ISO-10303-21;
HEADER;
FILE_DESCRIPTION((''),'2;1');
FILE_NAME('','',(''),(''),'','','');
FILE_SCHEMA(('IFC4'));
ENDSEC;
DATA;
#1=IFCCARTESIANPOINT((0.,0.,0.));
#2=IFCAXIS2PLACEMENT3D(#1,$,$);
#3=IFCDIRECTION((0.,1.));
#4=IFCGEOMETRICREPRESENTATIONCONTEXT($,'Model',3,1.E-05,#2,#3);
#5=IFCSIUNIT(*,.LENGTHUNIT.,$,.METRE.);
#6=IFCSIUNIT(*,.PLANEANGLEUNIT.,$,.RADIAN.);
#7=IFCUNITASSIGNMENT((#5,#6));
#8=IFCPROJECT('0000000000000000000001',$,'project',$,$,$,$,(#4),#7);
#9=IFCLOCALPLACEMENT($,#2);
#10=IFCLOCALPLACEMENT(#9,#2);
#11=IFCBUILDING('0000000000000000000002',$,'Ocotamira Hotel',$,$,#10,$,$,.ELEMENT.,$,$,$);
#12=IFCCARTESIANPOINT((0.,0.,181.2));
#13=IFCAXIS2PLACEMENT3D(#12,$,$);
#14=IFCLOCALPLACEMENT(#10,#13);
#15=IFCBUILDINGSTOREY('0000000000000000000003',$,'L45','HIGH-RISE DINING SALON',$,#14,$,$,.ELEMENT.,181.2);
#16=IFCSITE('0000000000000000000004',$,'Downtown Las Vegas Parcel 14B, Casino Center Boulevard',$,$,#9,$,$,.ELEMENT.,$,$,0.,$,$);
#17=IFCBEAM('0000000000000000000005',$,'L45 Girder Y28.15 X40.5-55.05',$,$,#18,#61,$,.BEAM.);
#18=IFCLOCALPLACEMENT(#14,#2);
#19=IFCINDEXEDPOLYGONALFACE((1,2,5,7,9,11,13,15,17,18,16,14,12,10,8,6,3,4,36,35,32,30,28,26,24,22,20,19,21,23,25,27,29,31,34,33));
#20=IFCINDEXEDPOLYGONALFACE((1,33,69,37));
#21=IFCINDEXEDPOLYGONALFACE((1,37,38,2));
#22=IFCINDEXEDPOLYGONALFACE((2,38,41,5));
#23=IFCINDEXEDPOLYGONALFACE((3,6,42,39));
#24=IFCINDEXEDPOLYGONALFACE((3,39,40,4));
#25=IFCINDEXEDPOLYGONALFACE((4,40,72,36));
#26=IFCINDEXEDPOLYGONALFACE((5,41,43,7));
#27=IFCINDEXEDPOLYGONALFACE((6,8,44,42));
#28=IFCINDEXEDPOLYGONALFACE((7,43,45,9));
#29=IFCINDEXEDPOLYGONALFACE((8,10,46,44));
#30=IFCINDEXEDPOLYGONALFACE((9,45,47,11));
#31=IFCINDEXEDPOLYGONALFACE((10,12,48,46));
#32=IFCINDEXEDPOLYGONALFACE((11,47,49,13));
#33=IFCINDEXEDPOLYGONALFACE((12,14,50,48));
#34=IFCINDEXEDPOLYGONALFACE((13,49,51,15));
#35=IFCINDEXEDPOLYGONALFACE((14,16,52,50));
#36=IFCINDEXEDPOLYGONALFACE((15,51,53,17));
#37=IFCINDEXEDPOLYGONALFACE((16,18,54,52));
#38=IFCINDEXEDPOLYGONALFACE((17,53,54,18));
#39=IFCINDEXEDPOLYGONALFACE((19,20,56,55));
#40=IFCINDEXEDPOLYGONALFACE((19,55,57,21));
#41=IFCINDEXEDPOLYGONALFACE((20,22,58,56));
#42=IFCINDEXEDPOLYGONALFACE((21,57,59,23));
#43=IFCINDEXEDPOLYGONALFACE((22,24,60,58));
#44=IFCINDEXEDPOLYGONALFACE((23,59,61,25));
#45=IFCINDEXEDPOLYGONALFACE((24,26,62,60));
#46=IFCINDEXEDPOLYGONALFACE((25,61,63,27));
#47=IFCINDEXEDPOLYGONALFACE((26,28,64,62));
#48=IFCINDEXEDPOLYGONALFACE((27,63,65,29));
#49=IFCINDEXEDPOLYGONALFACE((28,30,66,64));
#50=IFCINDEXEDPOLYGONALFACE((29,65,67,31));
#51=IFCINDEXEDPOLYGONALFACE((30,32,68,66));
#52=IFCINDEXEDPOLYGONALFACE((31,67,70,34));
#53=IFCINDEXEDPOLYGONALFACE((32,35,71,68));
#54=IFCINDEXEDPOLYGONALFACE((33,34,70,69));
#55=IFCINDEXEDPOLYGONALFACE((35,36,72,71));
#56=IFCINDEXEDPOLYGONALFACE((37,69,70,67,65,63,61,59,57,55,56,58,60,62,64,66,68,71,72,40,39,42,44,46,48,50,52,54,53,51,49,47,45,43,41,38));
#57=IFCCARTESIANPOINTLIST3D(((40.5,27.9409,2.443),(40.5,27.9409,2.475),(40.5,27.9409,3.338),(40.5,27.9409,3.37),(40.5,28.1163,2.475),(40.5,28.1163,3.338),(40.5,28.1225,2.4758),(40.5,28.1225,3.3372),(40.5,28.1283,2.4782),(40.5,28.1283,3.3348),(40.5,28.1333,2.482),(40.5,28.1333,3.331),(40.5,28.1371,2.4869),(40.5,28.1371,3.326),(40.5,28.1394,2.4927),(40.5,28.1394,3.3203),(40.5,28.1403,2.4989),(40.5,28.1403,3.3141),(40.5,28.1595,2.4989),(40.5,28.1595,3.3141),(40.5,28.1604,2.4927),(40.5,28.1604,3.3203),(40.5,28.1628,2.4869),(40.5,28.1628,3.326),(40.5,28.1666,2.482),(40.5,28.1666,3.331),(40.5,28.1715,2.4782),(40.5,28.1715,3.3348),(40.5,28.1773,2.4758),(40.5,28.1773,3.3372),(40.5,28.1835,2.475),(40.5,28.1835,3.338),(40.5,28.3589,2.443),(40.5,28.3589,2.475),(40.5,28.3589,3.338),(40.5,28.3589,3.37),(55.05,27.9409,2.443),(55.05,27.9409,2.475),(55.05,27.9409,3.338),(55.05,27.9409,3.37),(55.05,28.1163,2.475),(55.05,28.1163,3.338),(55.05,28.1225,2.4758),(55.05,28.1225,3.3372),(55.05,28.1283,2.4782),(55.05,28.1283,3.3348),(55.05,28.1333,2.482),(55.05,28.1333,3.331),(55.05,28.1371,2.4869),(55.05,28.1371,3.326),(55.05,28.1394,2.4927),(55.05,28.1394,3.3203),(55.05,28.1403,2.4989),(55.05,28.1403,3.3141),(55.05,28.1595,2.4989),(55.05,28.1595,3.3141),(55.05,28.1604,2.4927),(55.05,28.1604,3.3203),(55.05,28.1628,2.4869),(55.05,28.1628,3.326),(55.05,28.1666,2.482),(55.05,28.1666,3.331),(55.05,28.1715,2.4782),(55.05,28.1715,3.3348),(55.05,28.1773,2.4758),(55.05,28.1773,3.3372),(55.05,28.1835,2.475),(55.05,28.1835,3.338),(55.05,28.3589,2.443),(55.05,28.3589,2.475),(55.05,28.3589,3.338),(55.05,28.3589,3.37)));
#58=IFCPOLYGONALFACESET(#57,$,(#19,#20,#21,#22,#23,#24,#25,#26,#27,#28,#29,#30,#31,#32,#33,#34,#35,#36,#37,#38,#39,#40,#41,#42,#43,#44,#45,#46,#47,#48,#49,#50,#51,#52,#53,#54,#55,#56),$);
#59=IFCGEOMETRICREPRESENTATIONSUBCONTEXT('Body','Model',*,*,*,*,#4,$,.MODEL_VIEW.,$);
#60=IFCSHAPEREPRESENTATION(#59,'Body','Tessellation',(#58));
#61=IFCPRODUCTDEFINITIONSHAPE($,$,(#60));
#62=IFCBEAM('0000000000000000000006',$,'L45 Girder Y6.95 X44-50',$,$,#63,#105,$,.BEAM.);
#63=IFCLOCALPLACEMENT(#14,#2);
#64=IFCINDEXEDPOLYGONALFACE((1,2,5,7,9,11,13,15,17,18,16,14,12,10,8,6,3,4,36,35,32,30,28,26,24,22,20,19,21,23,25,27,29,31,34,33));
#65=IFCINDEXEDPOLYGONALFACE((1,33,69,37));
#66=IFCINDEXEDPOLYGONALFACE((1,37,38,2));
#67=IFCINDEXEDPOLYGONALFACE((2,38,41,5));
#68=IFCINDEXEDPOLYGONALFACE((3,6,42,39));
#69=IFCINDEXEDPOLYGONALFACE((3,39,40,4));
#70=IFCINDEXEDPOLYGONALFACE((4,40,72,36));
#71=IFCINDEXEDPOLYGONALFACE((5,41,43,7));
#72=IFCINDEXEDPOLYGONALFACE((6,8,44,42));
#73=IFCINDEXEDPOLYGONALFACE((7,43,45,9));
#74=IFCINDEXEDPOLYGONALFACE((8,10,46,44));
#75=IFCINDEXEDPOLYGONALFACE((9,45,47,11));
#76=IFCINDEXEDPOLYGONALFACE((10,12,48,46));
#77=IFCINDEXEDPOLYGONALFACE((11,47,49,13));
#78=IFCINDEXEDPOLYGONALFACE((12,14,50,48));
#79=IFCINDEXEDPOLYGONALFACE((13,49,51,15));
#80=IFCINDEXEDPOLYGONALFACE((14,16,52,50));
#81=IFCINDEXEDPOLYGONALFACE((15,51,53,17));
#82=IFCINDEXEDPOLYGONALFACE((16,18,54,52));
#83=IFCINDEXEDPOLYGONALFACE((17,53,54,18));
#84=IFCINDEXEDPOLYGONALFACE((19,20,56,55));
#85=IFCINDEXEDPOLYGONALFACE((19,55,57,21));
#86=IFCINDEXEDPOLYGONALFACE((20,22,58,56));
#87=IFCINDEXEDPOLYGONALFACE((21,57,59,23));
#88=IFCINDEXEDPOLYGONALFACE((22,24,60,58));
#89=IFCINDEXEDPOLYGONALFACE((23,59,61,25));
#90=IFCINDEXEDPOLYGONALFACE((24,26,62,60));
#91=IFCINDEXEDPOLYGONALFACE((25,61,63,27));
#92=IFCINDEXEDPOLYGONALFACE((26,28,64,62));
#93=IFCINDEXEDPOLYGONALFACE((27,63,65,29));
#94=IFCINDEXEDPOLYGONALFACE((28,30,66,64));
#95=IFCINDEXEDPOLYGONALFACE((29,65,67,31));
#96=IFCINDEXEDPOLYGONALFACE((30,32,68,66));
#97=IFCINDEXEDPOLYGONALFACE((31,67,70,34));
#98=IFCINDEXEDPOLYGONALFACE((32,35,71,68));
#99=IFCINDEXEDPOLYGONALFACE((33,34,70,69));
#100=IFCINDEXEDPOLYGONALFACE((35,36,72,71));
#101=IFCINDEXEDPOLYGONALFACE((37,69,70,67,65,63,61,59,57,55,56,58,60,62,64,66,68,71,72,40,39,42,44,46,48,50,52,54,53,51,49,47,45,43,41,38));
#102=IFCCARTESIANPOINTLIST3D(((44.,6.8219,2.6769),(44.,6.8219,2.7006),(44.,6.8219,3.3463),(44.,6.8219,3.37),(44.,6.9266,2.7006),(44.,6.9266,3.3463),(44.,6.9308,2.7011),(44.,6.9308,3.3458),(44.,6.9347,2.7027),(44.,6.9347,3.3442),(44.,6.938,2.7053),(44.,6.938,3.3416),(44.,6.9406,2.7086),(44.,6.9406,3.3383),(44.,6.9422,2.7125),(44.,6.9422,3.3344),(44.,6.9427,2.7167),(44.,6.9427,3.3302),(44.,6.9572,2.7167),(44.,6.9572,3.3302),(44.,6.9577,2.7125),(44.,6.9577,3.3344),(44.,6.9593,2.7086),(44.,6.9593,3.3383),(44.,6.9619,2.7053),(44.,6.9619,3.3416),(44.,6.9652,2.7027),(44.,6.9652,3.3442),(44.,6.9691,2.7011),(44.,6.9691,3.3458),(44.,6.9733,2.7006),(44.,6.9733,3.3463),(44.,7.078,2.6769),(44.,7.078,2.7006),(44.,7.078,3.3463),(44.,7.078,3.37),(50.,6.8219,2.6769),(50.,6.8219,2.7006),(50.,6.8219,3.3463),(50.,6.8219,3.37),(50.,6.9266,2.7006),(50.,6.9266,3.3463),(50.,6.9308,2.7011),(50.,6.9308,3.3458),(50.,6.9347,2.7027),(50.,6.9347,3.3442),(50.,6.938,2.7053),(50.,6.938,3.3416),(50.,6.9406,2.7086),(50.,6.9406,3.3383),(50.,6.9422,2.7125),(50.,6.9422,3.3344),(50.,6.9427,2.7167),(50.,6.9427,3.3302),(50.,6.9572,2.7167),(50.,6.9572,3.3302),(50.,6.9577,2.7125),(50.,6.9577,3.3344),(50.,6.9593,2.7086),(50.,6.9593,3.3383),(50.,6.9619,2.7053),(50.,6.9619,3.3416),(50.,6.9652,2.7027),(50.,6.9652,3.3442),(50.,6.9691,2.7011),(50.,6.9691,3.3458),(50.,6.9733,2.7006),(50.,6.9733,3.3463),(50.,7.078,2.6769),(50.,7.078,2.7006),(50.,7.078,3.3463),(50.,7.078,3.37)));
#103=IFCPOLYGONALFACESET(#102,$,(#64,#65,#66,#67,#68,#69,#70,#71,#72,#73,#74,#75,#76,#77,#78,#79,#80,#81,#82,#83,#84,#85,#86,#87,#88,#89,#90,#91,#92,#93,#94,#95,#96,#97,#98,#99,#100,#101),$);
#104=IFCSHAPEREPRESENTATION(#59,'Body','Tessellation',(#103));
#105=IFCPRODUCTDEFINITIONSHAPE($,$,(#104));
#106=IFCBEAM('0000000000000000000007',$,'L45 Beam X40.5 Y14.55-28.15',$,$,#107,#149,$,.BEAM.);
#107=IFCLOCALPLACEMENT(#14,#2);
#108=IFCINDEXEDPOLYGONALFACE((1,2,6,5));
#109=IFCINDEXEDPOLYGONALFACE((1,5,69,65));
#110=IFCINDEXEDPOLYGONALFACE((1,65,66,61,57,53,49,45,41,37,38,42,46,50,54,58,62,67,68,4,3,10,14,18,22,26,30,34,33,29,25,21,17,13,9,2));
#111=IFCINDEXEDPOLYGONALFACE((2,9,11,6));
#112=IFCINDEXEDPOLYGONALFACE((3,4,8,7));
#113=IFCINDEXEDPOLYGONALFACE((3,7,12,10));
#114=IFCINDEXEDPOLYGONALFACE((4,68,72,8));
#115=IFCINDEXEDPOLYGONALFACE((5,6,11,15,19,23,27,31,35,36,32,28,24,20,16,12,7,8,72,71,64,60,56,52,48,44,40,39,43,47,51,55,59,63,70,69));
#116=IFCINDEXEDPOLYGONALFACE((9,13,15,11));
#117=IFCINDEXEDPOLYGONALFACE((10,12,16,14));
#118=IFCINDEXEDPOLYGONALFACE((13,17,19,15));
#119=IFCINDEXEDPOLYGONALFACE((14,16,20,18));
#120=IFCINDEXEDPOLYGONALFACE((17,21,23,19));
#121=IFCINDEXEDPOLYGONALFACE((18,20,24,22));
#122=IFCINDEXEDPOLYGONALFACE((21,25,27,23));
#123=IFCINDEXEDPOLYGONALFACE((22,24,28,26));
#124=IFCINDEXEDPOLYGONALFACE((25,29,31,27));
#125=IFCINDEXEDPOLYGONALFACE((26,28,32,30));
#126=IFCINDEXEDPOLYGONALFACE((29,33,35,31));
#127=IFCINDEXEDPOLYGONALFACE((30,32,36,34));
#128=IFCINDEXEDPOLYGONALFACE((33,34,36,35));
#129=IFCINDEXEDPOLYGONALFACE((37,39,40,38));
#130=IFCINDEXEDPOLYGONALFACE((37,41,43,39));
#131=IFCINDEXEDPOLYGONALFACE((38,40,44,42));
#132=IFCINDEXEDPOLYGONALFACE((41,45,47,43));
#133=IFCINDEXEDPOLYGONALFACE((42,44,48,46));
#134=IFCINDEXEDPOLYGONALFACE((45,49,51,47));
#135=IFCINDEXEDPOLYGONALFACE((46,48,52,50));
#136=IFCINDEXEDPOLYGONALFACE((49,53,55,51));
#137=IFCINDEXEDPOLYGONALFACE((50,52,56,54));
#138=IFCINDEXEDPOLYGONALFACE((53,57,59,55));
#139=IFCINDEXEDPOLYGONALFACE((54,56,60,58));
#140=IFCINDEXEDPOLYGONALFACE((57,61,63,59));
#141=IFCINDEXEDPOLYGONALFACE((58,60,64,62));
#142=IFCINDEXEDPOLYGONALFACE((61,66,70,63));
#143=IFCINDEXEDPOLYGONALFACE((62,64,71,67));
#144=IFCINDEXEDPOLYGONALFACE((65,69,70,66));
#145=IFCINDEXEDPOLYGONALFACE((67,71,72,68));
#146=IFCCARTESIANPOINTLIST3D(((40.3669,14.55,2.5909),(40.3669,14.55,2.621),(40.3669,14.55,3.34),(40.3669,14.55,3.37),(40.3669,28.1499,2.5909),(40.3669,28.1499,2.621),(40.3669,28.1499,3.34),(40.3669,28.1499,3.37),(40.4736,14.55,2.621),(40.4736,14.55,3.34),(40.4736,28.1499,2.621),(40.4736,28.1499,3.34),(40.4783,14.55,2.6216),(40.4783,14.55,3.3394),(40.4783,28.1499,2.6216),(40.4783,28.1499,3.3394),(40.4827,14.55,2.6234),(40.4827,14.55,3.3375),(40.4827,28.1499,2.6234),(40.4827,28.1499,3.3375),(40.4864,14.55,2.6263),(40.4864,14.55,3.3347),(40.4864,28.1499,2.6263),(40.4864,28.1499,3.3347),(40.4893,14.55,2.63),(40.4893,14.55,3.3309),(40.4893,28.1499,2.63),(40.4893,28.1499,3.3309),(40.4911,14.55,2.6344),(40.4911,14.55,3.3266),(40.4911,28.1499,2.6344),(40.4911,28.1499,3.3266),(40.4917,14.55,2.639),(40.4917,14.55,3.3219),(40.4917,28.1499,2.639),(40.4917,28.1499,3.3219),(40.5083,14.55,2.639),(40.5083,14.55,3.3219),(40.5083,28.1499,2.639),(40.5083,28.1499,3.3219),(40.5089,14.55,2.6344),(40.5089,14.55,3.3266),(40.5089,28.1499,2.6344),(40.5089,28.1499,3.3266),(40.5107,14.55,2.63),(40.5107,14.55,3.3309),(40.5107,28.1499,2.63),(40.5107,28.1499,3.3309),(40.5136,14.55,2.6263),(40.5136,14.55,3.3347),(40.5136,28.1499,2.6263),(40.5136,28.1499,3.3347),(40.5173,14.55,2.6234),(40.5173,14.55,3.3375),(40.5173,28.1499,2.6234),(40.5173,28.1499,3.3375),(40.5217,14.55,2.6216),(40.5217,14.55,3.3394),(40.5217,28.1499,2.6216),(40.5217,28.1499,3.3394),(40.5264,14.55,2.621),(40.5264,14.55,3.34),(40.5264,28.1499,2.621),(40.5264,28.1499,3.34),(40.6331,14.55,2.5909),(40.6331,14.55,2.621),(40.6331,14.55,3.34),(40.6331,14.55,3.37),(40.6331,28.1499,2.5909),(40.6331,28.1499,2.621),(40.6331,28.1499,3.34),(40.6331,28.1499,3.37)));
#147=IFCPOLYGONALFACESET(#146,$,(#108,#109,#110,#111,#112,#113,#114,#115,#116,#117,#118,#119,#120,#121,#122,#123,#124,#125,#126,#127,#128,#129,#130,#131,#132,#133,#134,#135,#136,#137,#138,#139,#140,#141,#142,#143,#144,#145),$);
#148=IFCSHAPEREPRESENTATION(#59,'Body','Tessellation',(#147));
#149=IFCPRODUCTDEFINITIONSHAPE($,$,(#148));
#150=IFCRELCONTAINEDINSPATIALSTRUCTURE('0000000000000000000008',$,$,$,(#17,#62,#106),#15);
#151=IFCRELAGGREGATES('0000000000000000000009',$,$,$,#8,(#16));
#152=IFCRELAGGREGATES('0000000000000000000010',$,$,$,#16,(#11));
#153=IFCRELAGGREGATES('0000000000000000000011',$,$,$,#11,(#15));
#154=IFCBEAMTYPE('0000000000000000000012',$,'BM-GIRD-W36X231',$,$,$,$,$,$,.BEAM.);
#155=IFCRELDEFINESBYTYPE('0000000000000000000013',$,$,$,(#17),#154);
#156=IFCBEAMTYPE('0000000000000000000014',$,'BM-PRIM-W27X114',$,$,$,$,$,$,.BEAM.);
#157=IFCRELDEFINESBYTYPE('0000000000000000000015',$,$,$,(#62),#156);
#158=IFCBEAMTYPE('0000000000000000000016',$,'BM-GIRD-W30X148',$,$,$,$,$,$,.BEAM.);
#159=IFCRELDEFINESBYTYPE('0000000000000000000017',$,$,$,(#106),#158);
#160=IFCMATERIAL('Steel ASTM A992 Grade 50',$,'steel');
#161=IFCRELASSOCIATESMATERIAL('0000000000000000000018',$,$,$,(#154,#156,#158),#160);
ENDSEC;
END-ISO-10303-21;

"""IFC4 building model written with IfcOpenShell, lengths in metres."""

from ifc_helpers import new_model, si_unit, direction, frame, origin, origin_2d, place, context, subcontext, project, spatial, i_section, extrude, source, transform, mapped, material, material_profile, profile_set, type_object, element, save


model = new_model("IFC4")

# Units and contexts
model_context = context("Model", 3, precision=1e-05, world=origin(), true_north=direction((0.0, 1.0)))
body_context = subcontext(model_context, "Body", "Model", "MODEL_VIEW")
ifc_project = project(units=[si_unit("LENGTHUNIT", "METRE"), si_unit("PLANEANGLEUNIT", "RADIAN")], contexts=[model_context])

# Site, building, storey
site_placement = place(None, origin())
site = spatial("IfcSite", under=ifc_project, at=site_placement, Name="Downtown Las Vegas Parcel 14B, Casino Center Boulevard", CompositionType="ELEMENT", RefElevation=0.0)
building_placement = place(site_placement, origin())
building = spatial("IfcBuilding", under=site, at=building_placement, Name="Ocotamira Hotel", CompositionType="ELEMENT")
storey_placement = place(building_placement, frame((0.0, 0.0, 181.2)))
storey = spatial("IfcBuildingStorey", under=building, at=storey_placement, Name="L45", Description="HIGH-RISE DINING SALON", CompositionType="ELEMENT", Elevation=181.2)

# Beams
ifc_material_1 = material(Name="Steel ASTM A992 Grade 50", Category="steel")
ifc_material_profile_1 = material_profile(ifc_material_1, i_section(OverallWidth=0.418, OverallDepth=0.927, WebThickness=0.0193, FlangeThickness=0.032, FilletRadius=0.0239, at=origin_2d()), Name="W36X231")
ifc_profile_set_1 = profile_set([ifc_material_profile_1], Name="Steel ASTM A992 Grade 50")
beam_type_1 = type_object("IfcBeamType", Name="BM-GIRD-W36X231", PredefinedType="BEAM", material=ifc_profile_set_1)
shared_shape_1 = source(origin(), body_context, "Body", "SweptSolid", [
    extrude(i_section(OverallWidth=0.418, OverallDepth=0.927, WebThickness=0.0193, FlangeThickness=0.032, FilletRadius=0.0239, at=origin_2d()), origin(), (0.0, 0.0, 1.0), 14.55),
])
for number, where, z_axis, x_axis, name in (
    (1, (40.5, 28.1499, 2.9065), (1.0, 0.0, 0.0), (0.0, 1.0, 0.0), "L45 Girder Y28.15 X40.5-55.05"),
):
    element("IfcBeam", number, at=place(storey_placement, frame(where, z_axis=z_axis, x_axis=x_axis)), inside=storey, type_object=beam_type_1, Name=name, PredefinedType="BEAM", context=body_context, shape_type="MappedRepresentation", body=[
        mapped(shared_shape_1, transform((0.0, 0.0, 0.0), scale=1.0)),
    ])
ifc_material_profile_2 = material_profile(ifc_material_1, i_section(OverallWidth=0.2561, OverallDepth=0.6931, WebThickness=0.0144, FlangeThickness=0.0237, FilletRadius=0.0161, at=origin_2d()), Name="W27X114")
ifc_profile_set_2 = profile_set([ifc_material_profile_2], Name="Steel ASTM A992 Grade 50")
beam_type_2 = type_object("IfcBeamType", Name="BM-PRIM-W27X114", PredefinedType="BEAM", material=ifc_profile_set_2)
shared_shape_2 = source(origin(), body_context, "Body", "SweptSolid", [
    extrude(i_section(OverallWidth=0.2561, OverallDepth=0.6931, WebThickness=0.0144, FlangeThickness=0.0237, FilletRadius=0.0161, at=origin_2d()), origin(), (0.0, 0.0, 1.0), 6.0),
])
beam_1_placement = place(storey_placement, frame((44.0, 6.95, 3.0234), z_axis=(1.0, 0.0, 0.0), x_axis=(0.0, 1.0, 0.0)))
element("IfcBeam", 2, at=beam_1_placement, inside=storey, type_object=beam_type_2, Name="L45 Girder Y6.95 X44-50", PredefinedType="BEAM", context=body_context, shape_type="MappedRepresentation", body=[
    mapped(shared_shape_2, transform((0.0, 0.0, 0.0), scale=1.0)),
])
ifc_material_profile_3 = material_profile(ifc_material_1, i_section(OverallWidth=0.2661, OverallDepth=0.7791, WebThickness=0.0166, FlangeThickness=0.03, FilletRadius=0.0181, at=origin_2d()), Name="W30X148")
ifc_profile_set_3 = profile_set([ifc_material_profile_3], Name="Steel ASTM A992 Grade 50")
beam_type_3 = type_object("IfcBeamType", Name="BM-GIRD-W30X148", PredefinedType="BEAM", material=ifc_profile_set_3)
shared_shape_3 = source(origin(), body_context, "Body", "SweptSolid", [
    extrude(i_section(OverallWidth=0.2661, OverallDepth=0.7791, WebThickness=0.0166, FlangeThickness=0.03, FilletRadius=0.0181, at=origin_2d()), origin(), (0.0, 0.0, 1.0), 13.5999),
])
beam_2_placement = place(storey_placement, frame((40.5, 14.55, 2.9805), z_axis=(0.0, 1.0, 0.0), x_axis=(-1.0, 0.0, 0.0)))
element("IfcBeam", 3, at=beam_2_placement, inside=storey, type_object=beam_type_3, Name="L45 Beam X40.5 Y14.55-28.15", PredefinedType="BEAM", context=body_context, shape_type="MappedRepresentation", body=[
    mapped(shared_shape_3, transform((0.0, 0.0, 0.0), scale=1.0)),
])

save(model, "model.ifc")
